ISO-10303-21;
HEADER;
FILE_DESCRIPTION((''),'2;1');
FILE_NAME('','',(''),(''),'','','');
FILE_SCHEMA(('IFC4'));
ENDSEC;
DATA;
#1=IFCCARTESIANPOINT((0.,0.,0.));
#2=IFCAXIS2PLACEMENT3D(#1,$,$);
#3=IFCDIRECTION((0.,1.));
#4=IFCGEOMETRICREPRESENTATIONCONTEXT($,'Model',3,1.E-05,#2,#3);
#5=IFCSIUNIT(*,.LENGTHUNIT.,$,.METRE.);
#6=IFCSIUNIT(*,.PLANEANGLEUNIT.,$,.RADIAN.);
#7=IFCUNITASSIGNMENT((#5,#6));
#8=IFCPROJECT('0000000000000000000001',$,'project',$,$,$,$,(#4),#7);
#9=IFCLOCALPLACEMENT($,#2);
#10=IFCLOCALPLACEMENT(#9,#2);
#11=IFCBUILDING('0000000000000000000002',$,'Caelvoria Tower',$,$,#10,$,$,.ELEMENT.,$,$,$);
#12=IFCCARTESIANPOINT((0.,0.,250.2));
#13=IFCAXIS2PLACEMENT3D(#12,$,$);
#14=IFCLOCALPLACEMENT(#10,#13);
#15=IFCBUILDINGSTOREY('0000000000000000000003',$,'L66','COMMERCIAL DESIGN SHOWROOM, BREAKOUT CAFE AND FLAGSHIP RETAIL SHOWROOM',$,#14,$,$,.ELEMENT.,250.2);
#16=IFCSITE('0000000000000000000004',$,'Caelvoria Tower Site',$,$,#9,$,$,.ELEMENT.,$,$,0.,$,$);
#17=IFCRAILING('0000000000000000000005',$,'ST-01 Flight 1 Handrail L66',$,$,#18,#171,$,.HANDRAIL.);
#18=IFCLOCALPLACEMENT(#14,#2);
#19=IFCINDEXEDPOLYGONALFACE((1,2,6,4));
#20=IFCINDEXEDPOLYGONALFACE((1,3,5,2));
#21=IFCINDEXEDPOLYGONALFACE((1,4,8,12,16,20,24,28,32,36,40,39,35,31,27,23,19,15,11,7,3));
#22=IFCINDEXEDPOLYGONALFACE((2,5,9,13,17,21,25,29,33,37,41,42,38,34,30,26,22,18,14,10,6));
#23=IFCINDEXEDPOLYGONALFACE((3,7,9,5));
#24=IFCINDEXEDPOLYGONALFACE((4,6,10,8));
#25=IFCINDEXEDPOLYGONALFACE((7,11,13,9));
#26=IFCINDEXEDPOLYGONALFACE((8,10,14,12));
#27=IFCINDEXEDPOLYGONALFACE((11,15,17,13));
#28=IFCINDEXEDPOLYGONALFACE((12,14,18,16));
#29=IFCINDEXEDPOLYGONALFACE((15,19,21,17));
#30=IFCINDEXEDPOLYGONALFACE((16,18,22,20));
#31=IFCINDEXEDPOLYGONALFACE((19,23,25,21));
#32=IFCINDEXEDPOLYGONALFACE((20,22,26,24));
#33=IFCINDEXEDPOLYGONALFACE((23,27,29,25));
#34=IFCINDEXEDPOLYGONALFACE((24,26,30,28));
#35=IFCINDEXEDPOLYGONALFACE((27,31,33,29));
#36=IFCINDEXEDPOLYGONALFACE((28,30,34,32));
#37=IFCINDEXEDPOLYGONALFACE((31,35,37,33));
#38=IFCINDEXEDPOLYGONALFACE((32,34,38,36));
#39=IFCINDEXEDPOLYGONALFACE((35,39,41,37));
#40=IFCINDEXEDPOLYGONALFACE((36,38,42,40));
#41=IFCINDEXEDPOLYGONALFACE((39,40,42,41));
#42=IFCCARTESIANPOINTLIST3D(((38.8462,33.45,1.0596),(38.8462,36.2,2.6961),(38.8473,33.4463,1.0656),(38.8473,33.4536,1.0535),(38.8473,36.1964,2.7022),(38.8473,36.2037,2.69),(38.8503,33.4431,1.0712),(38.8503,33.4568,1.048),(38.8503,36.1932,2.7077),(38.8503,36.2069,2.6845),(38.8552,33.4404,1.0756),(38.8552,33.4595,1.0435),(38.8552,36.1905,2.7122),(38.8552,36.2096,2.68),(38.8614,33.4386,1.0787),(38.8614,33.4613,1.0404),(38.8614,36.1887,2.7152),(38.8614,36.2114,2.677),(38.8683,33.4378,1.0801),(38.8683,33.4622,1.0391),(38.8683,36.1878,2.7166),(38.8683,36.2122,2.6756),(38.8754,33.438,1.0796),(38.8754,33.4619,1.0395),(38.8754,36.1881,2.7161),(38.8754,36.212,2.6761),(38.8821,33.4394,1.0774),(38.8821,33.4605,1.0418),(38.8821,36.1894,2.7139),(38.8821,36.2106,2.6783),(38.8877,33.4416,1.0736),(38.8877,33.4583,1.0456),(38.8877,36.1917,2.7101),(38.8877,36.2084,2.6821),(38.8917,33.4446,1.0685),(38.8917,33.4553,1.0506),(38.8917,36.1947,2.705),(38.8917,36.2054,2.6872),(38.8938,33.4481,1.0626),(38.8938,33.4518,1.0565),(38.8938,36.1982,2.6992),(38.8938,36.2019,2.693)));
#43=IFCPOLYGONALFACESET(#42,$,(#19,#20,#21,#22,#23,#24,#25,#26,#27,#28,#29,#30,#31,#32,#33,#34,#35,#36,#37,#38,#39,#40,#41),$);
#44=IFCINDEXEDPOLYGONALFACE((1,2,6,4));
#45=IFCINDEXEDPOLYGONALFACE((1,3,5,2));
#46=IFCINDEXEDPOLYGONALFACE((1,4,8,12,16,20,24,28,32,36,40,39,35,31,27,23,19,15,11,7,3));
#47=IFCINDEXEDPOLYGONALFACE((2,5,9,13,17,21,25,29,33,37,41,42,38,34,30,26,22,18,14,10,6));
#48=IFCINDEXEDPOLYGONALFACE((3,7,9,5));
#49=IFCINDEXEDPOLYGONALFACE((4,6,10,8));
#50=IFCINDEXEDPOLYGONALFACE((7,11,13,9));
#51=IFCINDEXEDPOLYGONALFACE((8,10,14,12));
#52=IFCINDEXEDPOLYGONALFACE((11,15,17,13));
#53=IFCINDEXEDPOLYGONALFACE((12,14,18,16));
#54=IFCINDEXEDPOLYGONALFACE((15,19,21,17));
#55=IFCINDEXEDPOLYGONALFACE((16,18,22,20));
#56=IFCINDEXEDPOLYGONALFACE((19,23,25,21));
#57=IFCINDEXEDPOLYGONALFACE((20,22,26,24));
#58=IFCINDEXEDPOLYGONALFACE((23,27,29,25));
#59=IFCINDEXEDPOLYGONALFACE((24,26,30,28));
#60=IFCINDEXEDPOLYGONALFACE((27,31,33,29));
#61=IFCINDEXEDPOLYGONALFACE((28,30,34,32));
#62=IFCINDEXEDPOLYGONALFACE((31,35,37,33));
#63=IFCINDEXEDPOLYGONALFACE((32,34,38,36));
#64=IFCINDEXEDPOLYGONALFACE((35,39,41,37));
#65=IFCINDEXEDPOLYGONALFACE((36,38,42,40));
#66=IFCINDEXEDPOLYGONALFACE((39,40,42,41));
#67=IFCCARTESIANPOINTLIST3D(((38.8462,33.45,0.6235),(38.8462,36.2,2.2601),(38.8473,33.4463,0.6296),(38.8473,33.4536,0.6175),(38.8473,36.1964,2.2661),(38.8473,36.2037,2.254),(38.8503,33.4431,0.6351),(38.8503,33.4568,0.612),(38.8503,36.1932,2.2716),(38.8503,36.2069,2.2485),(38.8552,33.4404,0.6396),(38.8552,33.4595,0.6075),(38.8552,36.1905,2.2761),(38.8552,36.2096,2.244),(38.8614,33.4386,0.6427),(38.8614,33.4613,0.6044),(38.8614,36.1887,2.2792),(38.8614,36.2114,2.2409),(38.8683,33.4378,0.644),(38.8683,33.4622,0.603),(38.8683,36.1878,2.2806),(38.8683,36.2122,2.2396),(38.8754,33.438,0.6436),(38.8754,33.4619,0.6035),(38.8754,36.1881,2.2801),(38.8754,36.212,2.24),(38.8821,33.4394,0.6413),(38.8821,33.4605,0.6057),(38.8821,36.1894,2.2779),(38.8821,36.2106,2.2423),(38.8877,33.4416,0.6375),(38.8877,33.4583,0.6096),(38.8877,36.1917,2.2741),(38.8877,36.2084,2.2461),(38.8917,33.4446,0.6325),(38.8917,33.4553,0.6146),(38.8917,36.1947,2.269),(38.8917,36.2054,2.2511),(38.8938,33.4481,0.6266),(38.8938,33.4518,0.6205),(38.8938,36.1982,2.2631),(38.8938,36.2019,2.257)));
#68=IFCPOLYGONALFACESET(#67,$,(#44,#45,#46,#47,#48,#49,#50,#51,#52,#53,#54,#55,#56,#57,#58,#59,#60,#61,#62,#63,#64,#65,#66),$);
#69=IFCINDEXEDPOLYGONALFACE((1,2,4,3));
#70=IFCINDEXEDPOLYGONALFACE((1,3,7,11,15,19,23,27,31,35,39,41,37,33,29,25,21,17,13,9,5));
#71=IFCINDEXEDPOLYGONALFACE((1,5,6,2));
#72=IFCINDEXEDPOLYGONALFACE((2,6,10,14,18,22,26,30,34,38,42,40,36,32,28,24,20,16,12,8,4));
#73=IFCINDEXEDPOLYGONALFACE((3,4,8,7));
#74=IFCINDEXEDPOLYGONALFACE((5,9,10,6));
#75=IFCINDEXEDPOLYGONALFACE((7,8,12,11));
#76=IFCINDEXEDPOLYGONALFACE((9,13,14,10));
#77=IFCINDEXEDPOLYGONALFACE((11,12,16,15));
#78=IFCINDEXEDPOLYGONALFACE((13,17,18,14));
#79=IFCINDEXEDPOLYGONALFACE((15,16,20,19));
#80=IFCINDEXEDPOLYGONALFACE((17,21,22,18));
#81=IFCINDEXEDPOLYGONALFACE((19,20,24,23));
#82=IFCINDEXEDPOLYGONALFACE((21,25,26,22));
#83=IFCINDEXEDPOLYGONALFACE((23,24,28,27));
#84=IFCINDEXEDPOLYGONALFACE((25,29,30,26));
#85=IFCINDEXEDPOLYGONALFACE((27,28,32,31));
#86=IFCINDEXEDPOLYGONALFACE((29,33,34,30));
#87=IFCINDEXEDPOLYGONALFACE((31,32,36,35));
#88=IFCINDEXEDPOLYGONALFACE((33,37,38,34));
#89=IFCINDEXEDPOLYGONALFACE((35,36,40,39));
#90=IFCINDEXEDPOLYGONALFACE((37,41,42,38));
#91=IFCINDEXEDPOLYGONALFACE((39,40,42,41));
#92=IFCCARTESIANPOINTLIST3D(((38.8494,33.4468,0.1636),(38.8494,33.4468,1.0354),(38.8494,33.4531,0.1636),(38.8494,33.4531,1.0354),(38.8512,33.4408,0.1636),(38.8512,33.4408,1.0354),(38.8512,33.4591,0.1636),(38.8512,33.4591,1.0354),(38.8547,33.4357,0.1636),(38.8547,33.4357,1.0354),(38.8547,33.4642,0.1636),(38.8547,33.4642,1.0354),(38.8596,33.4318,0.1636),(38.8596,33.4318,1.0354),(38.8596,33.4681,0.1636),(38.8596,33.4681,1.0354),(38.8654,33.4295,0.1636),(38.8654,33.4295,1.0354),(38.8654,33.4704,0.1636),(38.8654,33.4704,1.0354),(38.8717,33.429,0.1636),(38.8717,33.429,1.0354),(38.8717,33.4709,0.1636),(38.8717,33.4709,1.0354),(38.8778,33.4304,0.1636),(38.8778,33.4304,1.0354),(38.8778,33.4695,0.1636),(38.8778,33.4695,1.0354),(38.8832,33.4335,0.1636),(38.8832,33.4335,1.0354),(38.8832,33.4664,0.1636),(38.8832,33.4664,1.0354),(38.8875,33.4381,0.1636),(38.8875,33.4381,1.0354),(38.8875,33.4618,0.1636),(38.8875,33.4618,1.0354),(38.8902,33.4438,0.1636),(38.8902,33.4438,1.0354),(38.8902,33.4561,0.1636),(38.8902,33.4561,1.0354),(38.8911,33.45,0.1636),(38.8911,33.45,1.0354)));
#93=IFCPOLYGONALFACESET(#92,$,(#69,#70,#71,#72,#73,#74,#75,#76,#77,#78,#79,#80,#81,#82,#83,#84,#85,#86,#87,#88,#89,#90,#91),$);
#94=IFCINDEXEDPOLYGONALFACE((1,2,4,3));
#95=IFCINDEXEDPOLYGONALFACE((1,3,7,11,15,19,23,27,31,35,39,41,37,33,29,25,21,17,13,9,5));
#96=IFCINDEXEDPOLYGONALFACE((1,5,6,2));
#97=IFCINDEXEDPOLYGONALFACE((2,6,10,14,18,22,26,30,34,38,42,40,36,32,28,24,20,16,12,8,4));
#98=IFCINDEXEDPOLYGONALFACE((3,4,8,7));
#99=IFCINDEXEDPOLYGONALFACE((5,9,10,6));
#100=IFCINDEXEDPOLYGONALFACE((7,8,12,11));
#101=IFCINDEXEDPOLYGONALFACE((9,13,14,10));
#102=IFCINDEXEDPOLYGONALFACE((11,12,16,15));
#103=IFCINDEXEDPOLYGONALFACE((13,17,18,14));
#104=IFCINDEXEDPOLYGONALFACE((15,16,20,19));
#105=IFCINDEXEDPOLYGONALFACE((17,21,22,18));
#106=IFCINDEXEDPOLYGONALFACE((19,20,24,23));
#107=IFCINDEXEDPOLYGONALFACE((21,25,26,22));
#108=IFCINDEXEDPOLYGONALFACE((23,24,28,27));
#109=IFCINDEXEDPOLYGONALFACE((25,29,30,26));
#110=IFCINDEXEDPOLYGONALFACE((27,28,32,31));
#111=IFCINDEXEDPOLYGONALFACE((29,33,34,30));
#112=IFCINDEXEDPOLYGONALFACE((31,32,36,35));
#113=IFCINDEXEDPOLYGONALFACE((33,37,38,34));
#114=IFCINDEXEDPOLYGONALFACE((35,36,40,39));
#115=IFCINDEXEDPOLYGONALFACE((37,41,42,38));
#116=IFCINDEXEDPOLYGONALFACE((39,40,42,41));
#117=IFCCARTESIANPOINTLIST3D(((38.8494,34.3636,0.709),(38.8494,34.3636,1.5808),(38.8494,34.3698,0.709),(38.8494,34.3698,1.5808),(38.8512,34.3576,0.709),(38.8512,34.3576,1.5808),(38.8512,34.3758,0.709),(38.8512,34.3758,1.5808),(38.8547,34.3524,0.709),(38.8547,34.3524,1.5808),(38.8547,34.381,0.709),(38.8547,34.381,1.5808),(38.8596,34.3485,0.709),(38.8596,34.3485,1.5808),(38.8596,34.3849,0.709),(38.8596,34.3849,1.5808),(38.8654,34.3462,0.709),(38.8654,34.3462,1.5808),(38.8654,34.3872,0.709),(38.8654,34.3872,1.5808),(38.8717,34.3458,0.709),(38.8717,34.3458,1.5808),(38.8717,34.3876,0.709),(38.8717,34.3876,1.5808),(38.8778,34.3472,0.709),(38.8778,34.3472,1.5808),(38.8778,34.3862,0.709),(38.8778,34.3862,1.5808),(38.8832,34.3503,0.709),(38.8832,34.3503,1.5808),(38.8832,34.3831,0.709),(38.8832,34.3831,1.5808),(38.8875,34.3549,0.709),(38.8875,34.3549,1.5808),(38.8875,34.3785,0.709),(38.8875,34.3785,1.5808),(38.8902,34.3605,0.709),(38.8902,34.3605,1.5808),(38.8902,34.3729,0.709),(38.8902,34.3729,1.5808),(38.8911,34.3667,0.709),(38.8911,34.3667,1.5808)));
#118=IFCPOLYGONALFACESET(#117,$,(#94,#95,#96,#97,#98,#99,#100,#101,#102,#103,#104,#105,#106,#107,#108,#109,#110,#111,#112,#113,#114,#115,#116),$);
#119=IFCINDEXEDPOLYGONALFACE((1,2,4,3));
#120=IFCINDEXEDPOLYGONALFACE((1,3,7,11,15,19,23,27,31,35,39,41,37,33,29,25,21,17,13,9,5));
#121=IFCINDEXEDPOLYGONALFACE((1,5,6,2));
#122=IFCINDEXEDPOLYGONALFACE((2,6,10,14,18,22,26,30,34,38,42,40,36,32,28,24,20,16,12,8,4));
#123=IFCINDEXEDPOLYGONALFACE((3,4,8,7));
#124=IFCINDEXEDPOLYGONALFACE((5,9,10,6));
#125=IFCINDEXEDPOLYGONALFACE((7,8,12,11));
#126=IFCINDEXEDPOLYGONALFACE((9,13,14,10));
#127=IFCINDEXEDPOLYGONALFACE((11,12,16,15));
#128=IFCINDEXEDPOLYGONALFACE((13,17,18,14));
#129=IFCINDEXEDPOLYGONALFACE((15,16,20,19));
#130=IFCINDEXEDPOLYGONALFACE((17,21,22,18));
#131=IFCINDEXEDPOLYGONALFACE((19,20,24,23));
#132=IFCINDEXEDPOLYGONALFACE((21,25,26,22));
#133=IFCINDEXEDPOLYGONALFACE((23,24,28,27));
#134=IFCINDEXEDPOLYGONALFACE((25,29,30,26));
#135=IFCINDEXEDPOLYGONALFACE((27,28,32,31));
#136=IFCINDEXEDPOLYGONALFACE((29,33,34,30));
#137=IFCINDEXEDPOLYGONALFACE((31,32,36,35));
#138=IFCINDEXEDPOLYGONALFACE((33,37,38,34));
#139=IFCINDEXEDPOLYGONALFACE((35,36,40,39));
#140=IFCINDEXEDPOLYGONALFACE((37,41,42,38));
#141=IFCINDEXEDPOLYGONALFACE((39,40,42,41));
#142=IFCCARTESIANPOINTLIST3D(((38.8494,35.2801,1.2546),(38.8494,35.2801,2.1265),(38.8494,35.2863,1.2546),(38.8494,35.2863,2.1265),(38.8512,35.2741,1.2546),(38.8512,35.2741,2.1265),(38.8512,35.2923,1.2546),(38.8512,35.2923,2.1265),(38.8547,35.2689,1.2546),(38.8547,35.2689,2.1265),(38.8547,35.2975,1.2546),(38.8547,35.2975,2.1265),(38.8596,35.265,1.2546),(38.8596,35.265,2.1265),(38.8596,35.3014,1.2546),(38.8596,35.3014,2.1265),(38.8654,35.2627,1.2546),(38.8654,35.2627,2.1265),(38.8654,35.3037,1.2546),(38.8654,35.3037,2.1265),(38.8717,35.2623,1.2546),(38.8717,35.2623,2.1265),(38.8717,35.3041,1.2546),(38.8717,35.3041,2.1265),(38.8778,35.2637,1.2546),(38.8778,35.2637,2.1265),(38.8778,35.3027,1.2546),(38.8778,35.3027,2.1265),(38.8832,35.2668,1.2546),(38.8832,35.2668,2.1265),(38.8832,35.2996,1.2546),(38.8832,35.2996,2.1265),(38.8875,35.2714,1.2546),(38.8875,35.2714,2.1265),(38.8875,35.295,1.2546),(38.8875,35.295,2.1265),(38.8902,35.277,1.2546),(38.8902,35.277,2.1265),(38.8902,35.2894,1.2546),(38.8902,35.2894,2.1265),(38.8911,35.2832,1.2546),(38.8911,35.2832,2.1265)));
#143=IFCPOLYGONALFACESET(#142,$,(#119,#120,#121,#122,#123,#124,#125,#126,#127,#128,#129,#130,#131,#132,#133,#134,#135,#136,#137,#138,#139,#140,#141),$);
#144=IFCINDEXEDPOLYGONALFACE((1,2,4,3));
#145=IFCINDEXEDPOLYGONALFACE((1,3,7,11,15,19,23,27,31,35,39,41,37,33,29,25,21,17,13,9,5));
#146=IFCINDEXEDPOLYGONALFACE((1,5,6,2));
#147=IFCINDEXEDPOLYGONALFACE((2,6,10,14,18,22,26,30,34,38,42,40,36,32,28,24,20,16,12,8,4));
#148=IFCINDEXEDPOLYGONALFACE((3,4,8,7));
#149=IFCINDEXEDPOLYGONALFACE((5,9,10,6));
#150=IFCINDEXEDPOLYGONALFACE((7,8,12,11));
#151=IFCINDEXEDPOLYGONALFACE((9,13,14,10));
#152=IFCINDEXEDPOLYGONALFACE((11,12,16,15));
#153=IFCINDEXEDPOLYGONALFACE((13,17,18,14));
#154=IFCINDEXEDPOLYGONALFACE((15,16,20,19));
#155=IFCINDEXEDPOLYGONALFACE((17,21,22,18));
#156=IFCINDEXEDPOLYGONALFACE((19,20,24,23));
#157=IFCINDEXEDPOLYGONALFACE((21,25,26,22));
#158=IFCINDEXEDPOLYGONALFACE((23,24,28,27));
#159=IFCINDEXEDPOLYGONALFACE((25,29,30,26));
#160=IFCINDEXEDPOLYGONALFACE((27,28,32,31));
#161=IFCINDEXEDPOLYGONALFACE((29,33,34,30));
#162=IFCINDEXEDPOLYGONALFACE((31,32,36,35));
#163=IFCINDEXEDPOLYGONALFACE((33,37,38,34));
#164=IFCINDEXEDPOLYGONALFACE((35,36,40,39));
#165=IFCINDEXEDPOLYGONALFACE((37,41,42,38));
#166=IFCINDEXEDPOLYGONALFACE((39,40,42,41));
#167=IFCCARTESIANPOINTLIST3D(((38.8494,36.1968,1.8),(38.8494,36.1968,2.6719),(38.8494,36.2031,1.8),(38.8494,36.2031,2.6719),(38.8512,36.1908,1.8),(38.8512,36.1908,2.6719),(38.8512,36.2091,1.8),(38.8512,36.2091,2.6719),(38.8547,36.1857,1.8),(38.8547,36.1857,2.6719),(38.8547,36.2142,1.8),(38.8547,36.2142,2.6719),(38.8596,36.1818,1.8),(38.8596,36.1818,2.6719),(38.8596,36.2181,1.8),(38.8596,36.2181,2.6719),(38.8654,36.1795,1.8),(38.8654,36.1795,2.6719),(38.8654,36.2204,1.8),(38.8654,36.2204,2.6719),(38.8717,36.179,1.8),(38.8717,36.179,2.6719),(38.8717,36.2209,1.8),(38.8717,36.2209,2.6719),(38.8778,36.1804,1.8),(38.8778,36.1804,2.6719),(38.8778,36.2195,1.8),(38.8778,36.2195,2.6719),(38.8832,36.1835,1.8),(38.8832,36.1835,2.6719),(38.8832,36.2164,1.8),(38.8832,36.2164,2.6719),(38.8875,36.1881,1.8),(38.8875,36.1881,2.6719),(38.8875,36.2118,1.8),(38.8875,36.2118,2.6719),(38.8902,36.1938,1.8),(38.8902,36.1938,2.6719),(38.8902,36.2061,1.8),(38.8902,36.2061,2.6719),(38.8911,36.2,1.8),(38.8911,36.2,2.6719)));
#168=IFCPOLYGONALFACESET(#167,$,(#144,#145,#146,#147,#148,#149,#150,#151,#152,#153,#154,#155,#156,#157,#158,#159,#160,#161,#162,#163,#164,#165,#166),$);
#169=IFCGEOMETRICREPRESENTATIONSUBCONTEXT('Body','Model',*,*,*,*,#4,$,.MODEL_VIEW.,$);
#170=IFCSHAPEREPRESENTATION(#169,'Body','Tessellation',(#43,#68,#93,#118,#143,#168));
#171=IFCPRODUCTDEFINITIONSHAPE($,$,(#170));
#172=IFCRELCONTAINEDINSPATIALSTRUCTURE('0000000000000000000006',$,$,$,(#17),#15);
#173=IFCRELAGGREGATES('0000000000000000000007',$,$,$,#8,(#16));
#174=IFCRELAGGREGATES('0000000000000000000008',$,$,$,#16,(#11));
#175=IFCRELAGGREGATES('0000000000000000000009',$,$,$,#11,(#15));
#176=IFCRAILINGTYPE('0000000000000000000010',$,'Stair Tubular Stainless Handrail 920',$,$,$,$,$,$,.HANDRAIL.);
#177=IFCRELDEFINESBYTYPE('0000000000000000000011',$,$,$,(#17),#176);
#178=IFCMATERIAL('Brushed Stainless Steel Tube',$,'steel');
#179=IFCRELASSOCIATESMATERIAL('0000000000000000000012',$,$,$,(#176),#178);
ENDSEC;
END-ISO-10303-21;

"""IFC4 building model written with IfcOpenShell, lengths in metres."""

from ifc_helpers import new_model, si_unit, direction, frame, origin, origin_2d, place, context, subcontext, project, spatial, circle, extrude, material, type_object, element, save


model = new_model("IFC4")

# Units and contexts
model_context = context("Model", 3, precision=1e-05, world=origin(), true_north=direction((0.0, 1.0)))
body_context = subcontext(model_context, "Body", "Model", "MODEL_VIEW")
ifc_project = project(units=[si_unit("LENGTHUNIT", "METRE"), si_unit("PLANEANGLEUNIT", "RADIAN")], contexts=[model_context])

# Site, building, storey
site_placement = place(None, origin())
site = spatial("IfcSite", under=ifc_project, at=site_placement, Name="Caelvoria Tower Site", CompositionType="ELEMENT", RefElevation=0.0)
building_placement = place(site_placement, origin())
building = spatial("IfcBuilding", under=site, at=building_placement, Name="Caelvoria Tower", CompositionType="ELEMENT")
storey_placement = place(building_placement, frame((0.0, 0.0, 250.2)))
storey = spatial("IfcBuildingStorey", under=building, at=storey_placement, Name="L66", Description="COMMERCIAL DESIGN SHOWROOM, BREAKOUT CAFE AND FLAGSHIP RETAIL SHOWROOM", CompositionType="ELEMENT", Elevation=250.2)

# Railing
ifc_material_1 = material(Name="Brushed Stainless Steel Tube", Category="steel")
railing_type_1 = type_object("IfcRailingType", Name="Stair Tubular Stainless Handrail 920", PredefinedType="HANDRAIL", material=ifc_material_1)
railing_1_placement = place(storey_placement, frame((38.8701, 33.45, 0.1636)))
element("IfcRailing", 1, at=railing_1_placement, inside=storey, type_object=railing_type_1, Name="ST-01 Flight 1 Handrail L66", PredefinedType="HANDRAIL", context=body_context, shape_type="SweptSolid", body=[
    extrude(circle(Radius=0.0239, at=origin_2d()), frame((0.0, 0.0, 0.896), z_axis=(0.0, 0.859352, 0.511385), x_axis=(-1.0, 0.0, 0.0)), (0.0, 0.0, 1.0), 3.2002),
    extrude(circle(Radius=0.0239, at=origin_2d()), frame((0.0, 0.0, 0.46), z_axis=(0.0, 0.859352, 0.511385), x_axis=(-1.0, 0.0, 0.0)), (0.0, 0.0, 1.0), 3.2002),
    extrude(circle(Radius=0.021, at=origin_2d()), origin(), (0.0, 0.0, 1.0), 0.8718),
    extrude(circle(Radius=0.021, at=origin_2d()), frame((0.0, 0.9167, 0.5454)), (0.0, 0.0, 1.0), 0.8718),
    extrude(circle(Radius=0.021, at=origin_2d()), frame((0.0, 1.8333, 1.0911)), (0.0, 0.0, 1.0), 0.8718),
    extrude(circle(Radius=0.021, at=origin_2d()), frame((0.0, 2.75, 1.6365)), (0.0, 0.0, 1.0), 0.8718),
])

save(model, "model.ifc")
